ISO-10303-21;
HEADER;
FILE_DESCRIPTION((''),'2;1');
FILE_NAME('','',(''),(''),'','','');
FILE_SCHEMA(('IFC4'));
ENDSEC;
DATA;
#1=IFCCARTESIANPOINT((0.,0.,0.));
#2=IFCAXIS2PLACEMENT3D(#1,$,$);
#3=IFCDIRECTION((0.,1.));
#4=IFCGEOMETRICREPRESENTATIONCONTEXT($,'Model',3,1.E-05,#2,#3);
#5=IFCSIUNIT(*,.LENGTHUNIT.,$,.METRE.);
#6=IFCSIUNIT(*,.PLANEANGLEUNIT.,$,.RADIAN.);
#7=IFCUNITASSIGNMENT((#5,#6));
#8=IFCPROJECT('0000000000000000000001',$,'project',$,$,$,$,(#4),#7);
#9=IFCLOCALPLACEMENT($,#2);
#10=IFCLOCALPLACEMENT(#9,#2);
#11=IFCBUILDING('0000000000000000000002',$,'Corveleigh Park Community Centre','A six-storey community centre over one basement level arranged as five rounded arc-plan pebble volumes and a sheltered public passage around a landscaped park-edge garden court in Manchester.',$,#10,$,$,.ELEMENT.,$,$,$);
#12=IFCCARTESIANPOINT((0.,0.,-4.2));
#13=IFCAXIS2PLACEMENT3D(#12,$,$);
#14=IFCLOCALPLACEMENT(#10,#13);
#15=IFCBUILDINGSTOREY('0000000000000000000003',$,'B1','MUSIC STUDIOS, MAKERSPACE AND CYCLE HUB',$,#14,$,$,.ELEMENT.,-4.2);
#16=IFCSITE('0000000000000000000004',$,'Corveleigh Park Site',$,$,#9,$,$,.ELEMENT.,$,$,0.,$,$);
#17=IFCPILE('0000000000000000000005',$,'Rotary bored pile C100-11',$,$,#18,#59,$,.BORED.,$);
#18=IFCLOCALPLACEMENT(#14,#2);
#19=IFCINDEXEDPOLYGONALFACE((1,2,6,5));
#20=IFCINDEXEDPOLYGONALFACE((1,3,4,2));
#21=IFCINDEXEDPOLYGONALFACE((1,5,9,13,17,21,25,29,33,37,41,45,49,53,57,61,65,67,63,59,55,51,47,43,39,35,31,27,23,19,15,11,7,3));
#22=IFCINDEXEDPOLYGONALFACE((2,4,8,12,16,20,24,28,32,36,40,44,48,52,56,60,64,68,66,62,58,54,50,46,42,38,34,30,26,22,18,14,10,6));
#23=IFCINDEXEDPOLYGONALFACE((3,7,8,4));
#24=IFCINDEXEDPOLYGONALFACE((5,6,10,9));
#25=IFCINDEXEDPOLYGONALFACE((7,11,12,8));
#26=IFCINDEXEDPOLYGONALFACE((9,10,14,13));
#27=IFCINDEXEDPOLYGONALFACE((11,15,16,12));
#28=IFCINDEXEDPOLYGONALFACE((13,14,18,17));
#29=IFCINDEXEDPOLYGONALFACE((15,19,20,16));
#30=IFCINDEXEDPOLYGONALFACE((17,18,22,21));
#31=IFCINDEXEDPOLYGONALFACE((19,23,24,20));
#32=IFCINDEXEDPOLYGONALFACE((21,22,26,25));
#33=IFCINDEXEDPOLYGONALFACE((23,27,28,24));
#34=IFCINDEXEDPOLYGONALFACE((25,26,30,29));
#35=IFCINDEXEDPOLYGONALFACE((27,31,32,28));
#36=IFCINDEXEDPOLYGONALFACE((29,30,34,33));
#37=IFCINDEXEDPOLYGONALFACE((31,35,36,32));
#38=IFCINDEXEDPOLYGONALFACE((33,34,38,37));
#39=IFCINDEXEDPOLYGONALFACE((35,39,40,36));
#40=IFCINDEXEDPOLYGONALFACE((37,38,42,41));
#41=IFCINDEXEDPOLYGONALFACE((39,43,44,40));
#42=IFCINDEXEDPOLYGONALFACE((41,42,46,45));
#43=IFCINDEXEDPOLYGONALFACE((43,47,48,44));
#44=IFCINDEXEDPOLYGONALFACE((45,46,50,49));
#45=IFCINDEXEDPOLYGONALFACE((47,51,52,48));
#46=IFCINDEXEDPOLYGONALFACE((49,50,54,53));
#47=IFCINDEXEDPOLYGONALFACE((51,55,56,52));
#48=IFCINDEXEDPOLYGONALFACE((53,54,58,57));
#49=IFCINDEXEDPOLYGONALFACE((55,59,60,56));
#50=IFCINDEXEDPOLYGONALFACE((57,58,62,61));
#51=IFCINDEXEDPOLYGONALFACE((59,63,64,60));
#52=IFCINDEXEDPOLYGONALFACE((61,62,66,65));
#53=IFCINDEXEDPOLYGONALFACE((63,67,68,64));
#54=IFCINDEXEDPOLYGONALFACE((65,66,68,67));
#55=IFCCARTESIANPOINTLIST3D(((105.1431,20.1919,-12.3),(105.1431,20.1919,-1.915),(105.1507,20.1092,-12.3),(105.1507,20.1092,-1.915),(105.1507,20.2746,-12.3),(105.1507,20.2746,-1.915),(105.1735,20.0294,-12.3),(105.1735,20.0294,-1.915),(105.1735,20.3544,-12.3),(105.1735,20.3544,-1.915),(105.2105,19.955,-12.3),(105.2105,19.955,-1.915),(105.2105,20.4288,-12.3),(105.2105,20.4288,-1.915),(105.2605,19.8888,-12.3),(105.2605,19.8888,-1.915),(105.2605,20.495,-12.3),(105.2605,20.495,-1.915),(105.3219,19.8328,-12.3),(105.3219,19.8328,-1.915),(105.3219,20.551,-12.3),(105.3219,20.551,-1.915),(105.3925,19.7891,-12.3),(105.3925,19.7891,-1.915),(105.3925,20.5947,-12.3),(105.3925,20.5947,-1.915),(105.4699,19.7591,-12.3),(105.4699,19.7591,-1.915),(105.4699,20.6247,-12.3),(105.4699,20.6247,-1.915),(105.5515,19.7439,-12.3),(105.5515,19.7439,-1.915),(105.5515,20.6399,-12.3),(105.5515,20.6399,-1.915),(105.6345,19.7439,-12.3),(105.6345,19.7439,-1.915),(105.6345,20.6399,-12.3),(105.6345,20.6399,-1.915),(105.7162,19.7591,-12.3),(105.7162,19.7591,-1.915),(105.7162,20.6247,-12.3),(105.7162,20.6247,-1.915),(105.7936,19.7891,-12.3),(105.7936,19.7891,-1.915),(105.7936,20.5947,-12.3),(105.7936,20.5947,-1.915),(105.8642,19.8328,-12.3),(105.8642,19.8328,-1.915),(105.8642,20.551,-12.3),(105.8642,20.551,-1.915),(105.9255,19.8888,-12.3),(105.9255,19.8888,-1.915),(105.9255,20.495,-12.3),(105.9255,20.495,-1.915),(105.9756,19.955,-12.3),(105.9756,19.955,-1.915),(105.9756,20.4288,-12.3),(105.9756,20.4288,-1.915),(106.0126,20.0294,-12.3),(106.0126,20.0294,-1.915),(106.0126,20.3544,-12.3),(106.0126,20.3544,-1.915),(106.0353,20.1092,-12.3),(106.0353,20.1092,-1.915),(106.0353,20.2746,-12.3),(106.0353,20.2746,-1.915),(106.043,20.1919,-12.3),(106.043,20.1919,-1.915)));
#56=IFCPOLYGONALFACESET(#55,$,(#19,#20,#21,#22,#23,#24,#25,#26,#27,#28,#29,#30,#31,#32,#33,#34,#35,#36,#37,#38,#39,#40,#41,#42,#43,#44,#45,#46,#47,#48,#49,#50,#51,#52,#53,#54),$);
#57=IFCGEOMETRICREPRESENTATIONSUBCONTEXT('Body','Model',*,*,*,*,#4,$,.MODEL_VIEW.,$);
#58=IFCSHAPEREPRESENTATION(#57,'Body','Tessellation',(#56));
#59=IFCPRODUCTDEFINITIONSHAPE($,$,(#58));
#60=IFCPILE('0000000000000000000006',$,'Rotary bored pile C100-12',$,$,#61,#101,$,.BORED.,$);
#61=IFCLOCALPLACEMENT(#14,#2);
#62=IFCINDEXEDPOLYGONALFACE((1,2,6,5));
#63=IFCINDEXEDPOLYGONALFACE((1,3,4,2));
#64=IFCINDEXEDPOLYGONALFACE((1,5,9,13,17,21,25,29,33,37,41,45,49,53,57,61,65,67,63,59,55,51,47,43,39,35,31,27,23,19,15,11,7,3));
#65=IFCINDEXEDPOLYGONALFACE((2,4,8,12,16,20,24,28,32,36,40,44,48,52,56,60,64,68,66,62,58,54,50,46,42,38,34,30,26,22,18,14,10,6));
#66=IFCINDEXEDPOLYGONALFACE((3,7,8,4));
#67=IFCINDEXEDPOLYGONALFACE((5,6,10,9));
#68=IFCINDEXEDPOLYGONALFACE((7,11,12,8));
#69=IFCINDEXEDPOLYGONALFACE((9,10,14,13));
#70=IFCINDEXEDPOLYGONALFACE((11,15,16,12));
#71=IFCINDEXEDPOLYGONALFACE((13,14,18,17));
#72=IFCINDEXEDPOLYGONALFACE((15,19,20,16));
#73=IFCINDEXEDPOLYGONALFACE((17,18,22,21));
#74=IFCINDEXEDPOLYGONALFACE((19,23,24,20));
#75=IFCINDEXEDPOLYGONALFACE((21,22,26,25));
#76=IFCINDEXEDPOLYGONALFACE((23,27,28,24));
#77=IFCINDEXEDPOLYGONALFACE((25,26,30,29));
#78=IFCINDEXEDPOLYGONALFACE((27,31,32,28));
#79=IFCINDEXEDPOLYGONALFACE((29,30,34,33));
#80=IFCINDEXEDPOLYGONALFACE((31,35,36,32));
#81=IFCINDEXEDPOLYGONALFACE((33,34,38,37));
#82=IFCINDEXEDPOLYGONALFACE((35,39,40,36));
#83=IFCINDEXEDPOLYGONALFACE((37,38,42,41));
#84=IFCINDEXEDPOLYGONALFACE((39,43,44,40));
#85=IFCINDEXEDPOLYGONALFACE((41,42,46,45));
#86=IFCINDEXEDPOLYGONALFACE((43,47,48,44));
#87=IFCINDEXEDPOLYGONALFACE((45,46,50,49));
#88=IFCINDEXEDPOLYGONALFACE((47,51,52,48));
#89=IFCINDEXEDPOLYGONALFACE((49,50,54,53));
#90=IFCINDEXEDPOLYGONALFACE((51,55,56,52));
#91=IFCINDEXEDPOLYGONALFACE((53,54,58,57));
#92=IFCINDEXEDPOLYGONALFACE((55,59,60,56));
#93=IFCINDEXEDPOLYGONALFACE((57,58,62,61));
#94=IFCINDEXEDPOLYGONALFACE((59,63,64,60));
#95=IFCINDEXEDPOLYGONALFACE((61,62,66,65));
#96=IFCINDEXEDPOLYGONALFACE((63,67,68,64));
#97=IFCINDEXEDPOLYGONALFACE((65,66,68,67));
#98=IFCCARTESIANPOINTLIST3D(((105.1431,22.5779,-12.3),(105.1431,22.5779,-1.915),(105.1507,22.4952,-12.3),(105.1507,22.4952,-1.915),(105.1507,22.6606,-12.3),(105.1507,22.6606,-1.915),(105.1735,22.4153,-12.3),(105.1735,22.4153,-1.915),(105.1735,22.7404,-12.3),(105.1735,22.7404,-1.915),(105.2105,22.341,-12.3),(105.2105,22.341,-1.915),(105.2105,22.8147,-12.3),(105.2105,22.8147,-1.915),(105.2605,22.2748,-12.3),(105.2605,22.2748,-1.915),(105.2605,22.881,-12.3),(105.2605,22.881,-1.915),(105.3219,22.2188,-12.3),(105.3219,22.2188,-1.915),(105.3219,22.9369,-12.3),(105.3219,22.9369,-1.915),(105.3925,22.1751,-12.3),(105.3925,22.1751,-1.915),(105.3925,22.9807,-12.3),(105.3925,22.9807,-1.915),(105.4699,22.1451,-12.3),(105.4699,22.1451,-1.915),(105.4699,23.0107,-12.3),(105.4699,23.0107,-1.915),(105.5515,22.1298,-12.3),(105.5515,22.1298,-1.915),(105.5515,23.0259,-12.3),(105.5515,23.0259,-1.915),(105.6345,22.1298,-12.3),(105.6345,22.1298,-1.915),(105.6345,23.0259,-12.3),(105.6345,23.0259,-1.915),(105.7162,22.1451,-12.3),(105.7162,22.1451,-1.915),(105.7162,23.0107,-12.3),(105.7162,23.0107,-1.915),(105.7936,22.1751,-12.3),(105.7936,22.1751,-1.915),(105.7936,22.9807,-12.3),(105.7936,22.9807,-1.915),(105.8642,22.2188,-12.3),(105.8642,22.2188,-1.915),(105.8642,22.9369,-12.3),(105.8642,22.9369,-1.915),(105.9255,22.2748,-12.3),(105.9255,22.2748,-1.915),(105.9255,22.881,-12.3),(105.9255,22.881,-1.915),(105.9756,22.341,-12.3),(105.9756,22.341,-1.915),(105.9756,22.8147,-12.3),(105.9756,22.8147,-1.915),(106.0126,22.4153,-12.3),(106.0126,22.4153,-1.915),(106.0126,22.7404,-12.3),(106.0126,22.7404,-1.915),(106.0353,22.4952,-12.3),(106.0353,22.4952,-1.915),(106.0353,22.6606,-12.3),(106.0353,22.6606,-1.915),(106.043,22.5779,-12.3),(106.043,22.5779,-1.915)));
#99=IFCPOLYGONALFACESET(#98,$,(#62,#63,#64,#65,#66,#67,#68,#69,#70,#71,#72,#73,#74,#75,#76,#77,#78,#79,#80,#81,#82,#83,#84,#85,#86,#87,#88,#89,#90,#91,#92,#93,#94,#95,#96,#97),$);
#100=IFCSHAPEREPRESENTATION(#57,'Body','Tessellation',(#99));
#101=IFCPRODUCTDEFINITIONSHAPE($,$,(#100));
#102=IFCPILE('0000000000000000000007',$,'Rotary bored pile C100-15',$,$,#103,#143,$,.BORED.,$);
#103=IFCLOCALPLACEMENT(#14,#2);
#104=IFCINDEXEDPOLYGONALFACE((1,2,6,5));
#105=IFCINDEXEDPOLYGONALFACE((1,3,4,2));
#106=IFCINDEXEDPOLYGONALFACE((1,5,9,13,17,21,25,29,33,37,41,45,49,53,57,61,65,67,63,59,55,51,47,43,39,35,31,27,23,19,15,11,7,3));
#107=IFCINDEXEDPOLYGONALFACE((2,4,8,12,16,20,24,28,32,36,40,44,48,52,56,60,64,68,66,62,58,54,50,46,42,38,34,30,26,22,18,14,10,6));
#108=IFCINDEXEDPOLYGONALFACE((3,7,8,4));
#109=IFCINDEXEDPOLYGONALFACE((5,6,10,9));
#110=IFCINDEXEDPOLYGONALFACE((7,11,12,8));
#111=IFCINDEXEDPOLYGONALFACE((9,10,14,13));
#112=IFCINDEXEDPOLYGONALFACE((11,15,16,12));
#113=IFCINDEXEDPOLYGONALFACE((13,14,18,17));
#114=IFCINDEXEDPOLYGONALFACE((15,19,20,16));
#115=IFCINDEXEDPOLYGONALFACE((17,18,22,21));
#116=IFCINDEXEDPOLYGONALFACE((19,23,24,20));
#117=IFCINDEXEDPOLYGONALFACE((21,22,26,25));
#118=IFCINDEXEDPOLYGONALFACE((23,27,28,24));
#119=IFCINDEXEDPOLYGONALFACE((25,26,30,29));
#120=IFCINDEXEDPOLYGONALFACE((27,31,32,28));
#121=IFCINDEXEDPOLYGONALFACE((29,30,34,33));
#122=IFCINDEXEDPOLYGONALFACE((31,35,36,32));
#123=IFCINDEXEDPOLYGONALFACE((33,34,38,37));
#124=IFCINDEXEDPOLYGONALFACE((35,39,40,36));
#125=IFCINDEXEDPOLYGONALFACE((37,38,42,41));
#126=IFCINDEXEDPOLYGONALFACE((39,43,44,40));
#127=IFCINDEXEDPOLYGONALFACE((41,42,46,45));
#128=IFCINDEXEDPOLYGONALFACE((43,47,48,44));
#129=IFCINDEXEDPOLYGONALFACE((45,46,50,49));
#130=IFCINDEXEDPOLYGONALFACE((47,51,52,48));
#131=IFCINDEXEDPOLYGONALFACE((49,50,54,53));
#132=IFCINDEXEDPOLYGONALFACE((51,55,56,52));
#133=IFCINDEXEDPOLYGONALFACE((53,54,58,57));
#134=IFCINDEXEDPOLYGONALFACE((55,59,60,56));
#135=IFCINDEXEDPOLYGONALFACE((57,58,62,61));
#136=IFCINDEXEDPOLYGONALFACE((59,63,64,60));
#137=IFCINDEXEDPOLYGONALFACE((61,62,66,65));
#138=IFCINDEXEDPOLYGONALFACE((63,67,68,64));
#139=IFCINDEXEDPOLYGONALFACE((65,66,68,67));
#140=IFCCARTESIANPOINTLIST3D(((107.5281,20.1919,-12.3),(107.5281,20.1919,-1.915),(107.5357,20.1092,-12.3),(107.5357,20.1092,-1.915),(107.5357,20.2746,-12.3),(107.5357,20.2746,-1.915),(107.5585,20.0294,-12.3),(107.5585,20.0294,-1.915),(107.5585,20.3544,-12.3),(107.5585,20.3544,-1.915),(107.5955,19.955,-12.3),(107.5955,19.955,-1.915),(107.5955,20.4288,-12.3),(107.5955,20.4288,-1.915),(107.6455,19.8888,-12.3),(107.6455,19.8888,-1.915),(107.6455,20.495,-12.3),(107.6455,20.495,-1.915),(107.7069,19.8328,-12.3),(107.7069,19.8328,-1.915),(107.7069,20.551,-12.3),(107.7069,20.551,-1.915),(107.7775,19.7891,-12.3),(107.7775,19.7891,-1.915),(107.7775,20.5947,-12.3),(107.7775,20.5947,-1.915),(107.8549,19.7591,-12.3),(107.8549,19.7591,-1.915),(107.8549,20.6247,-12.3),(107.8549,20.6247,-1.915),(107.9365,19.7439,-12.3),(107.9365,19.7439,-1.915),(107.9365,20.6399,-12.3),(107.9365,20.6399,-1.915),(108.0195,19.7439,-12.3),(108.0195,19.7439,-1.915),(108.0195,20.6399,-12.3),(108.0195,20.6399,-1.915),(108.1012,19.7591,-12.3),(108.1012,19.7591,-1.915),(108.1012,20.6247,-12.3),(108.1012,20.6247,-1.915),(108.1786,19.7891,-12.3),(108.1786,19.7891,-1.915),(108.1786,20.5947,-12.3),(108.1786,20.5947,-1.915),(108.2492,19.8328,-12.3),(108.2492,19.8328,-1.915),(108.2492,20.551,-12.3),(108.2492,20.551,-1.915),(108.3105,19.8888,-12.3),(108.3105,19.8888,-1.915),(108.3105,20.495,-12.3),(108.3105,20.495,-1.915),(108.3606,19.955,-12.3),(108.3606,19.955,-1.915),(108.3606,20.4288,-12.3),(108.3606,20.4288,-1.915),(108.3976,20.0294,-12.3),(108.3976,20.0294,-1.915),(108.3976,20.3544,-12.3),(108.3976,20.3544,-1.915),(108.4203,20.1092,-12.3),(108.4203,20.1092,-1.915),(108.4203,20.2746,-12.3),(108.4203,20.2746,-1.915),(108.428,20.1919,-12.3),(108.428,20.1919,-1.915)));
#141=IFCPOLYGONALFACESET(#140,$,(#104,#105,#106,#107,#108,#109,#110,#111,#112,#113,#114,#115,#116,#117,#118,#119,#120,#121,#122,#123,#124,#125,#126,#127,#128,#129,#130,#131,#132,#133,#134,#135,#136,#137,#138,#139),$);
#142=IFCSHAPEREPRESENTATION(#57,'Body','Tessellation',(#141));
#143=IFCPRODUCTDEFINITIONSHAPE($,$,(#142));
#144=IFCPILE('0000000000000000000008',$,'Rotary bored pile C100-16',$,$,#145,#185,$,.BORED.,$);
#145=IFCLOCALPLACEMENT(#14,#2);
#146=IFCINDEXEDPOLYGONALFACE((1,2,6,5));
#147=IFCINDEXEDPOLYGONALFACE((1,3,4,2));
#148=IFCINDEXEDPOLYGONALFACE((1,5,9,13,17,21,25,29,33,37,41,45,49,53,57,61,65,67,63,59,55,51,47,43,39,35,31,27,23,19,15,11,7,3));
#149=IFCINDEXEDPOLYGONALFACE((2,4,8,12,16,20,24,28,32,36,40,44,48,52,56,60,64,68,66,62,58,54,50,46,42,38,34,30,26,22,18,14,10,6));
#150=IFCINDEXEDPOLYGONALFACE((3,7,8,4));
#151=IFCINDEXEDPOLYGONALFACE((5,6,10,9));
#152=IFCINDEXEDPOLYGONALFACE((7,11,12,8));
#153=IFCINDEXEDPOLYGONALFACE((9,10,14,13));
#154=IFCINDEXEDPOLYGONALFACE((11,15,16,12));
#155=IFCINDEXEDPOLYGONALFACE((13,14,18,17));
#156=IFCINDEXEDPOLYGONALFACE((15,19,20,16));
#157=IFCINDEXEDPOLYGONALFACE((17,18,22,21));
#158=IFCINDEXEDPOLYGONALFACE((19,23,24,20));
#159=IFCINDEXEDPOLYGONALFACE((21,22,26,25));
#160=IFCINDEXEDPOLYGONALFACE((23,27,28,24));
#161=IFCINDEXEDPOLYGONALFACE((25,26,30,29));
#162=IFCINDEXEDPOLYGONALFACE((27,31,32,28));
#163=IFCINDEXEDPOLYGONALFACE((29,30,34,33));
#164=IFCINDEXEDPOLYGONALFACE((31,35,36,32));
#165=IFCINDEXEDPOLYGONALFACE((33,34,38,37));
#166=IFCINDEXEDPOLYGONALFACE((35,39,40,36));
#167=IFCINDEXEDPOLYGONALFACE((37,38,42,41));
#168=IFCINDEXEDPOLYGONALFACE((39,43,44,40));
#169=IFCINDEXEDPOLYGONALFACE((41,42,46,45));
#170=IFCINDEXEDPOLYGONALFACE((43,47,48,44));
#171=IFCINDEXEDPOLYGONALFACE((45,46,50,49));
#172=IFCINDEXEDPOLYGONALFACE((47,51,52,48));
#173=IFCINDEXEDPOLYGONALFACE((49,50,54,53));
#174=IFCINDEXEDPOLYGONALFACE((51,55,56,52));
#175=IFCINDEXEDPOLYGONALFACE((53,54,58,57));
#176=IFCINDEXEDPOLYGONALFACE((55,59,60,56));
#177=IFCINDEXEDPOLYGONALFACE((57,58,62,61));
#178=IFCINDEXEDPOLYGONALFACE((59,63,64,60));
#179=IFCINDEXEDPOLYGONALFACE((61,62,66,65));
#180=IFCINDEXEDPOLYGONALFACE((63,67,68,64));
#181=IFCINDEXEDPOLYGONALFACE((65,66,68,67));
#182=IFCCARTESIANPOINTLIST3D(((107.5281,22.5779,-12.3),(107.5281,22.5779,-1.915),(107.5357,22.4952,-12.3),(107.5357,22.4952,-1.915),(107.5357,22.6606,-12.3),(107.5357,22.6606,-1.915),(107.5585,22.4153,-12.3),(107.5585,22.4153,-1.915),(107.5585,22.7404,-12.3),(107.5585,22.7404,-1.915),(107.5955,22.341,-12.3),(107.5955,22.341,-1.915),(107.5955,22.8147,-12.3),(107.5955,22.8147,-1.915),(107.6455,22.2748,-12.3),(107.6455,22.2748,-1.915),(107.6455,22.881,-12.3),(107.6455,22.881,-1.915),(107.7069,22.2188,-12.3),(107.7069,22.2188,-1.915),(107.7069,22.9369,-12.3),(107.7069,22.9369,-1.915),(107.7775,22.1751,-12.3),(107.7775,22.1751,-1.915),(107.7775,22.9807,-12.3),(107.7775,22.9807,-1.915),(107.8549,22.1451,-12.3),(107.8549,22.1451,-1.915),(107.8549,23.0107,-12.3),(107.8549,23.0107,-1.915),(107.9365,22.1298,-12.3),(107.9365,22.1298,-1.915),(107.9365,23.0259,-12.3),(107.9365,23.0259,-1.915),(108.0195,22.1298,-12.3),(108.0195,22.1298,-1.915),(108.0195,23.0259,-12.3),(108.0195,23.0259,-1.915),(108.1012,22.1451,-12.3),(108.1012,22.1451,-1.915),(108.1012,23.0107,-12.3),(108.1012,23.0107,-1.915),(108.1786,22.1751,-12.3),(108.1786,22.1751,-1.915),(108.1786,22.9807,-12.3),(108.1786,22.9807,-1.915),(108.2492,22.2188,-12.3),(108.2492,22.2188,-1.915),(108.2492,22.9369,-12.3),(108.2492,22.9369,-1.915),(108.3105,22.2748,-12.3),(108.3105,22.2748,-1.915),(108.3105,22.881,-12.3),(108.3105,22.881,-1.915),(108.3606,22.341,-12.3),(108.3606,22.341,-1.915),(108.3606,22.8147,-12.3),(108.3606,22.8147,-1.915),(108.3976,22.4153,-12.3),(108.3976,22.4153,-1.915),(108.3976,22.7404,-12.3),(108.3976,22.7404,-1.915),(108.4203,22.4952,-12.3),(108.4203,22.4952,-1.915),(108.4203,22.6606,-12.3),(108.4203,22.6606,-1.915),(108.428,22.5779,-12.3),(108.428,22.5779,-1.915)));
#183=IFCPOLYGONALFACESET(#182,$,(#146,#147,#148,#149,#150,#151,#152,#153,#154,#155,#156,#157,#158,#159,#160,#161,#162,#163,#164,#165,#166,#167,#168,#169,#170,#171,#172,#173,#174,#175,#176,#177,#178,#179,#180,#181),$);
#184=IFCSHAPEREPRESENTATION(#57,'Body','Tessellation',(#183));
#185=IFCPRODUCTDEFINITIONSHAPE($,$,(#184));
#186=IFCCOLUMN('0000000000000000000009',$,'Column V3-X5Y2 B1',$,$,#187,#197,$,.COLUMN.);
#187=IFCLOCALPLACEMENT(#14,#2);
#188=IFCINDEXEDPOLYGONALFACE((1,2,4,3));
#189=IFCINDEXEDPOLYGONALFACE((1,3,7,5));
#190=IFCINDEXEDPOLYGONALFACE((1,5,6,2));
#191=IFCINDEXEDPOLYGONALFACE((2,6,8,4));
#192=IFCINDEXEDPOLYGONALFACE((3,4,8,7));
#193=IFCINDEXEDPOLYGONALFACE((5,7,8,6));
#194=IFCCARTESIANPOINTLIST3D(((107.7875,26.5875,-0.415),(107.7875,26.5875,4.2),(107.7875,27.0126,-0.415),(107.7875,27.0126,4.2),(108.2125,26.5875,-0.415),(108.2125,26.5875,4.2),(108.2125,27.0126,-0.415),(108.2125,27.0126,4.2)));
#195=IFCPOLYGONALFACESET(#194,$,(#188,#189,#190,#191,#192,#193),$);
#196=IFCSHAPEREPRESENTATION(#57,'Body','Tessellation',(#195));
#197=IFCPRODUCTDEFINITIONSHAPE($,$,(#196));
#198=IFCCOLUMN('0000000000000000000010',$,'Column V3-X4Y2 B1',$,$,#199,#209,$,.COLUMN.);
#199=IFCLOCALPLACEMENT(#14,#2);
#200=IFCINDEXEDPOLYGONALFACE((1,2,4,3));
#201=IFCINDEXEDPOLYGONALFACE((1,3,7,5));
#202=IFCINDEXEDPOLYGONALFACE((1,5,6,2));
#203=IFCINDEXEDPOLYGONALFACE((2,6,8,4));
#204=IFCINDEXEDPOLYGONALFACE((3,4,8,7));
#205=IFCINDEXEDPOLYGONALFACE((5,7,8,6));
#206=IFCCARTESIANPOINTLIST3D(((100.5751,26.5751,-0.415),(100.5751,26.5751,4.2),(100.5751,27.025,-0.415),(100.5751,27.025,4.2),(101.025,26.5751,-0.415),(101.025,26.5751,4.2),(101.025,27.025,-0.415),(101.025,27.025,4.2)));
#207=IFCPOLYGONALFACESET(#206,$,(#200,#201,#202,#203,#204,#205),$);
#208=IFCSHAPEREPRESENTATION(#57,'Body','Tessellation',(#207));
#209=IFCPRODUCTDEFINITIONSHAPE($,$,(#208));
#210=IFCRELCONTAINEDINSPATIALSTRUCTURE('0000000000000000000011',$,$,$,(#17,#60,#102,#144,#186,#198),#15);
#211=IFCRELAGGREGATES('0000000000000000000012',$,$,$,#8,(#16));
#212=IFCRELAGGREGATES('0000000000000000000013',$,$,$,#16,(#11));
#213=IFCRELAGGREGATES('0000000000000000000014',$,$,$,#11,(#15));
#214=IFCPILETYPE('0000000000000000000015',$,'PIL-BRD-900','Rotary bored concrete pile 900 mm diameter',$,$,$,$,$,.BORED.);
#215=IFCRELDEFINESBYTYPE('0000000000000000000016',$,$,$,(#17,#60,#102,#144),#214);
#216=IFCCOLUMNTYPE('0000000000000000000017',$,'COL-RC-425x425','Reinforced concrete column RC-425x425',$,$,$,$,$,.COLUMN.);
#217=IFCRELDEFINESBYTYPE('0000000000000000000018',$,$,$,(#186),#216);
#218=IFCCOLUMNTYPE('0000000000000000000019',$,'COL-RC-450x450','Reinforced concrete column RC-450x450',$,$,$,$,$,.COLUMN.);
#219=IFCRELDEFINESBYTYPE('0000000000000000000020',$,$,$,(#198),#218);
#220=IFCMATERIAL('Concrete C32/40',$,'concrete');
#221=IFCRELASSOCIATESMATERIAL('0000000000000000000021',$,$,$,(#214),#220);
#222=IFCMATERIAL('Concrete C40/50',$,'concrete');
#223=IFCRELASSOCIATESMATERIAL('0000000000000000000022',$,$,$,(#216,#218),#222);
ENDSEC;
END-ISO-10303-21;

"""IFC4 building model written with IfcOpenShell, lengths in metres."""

from ifc_helpers import new_model, si_unit, direction, frame, origin, origin_2d, place, context, subcontext, project, spatial, rectangle, circle, extrude, material, material_profile, profile_set, type_object, element, save


model = new_model("IFC4")

# Units and contexts
model_context = context("Model", 3, precision=1e-05, world=origin(), true_north=direction((0.0, 1.0)))
body_context = subcontext(model_context, "Body", "Model", "MODEL_VIEW")
ifc_project = project(units=[si_unit("LENGTHUNIT", "METRE"), si_unit("PLANEANGLEUNIT", "RADIAN")], contexts=[model_context])

# Site, building, storey
site_placement = place(None, origin())
site = spatial("IfcSite", under=ifc_project, at=site_placement, Name="Corveleigh Park Site", CompositionType="ELEMENT", RefElevation=0.0)
building_placement = place(site_placement, origin())
building = spatial("IfcBuilding", under=site, at=building_placement, Name="Corveleigh Park Community Centre", Description="A six-storey community centre over one basement level arranged as five rounded arc-plan pebble volumes and a sheltered public passage around a landscaped park-edge garden court in Manchester.", CompositionType="ELEMENT")
storey_placement = place(building_placement, frame((0.0, 0.0, -4.2)))
storey = spatial("IfcBuildingStorey", under=building, at=storey_placement, Name="B1", Description="MUSIC STUDIOS, MAKERSPACE AND CYCLE HUB", CompositionType="ELEMENT", Elevation=-4.2)

# Shared definitions
ifc_material_1 = material(Name="Concrete C40/50", Category="concrete")

# Piles
ifc_material_2 = material(Name="Concrete C32/40", Category="concrete")
ifc_material_profile_1 = material_profile(ifc_material_2, circle(Radius=0.45, at=origin_2d()), Name="BORED-PILE-900", Category="concrete")
ifc_profile_set_1 = profile_set([ifc_material_profile_1], Name="Concrete C32/40")
pile_type = type_object("IfcPileType", Name="PIL-BRD-900", Description="Rotary bored concrete pile 900 mm diameter", PredefinedType="BORED", material=ifc_profile_set_1)
for number, where, z_axis, x_axis, name in (
    (1, (105.593, 20.1919, -1.915), (0.0, 0.0, -1.0), (1.0, 0.0, 0.0), "Rotary bored pile C100-11"),
    (2, (105.593, 22.5779, -1.915), (0.0, 0.0, -1.0), (1.0, 0.0, 0.0), "Rotary bored pile C100-12"),
    (3, (107.978, 20.1919, -1.915), (0.0, 0.0, -1.0), (1.0, 0.0, 0.0), "Rotary bored pile C100-15"),
    (4, (107.978, 22.5779, -1.915), (0.0, 0.0, -1.0), (1.0, 0.0, 0.0), "Rotary bored pile C100-16"),
):
    element("IfcPile", number, at=place(storey_placement, frame(where, z_axis=z_axis, x_axis=x_axis)), inside=storey, type_object=pile_type, Name=name, PredefinedType="BORED", context=body_context, shape_type="SweptSolid", body=[
        extrude(circle(Radius=0.45, at=origin_2d()), origin(), (0.0, 0.0, 1.0), 10.385),
    ])

# Columns
ifc_material_profile_2 = material_profile(ifc_material_1, rectangle(XDim=0.425, YDim=0.425, at=origin_2d()), Name="RC-425x425", Category="concrete")
ifc_profile_set_2 = profile_set([ifc_material_profile_2], Name="Concrete C40/50")
column_type_1 = type_object("IfcColumnType", Name="COL-RC-425x425", Description="Reinforced concrete column RC-425x425", PredefinedType="COLUMN", material=ifc_profile_set_2)
column_1_placement = place(storey_placement, frame((108.0, 26.8, -0.415), z_axis=(0.0, 0.0, 1.0), x_axis=(1.0, 0.0, 0.0)))
element("IfcColumn", 5, at=column_1_placement, inside=storey, type_object=column_type_1, Name="Column V3-X5Y2 B1", PredefinedType="COLUMN", context=body_context, shape_type="SweptSolid", body=[
    extrude(rectangle(XDim=0.425, YDim=0.425, at=origin_2d()), origin(), (0.0, 0.0, 1.0), 4.615),
])
ifc_material_profile_3 = material_profile(ifc_material_1, rectangle(XDim=0.45, YDim=0.45, at=origin_2d()), Name="RC-450x450", Category="concrete")
ifc_profile_set_3 = profile_set([ifc_material_profile_3], Name="Concrete C40/50")
column_type_2 = type_object("IfcColumnType", Name="COL-RC-450x450", Description="Reinforced concrete column RC-450x450", PredefinedType="COLUMN", material=ifc_profile_set_3)
column_2_placement = place(storey_placement, frame((100.8, 26.8, -0.415), z_axis=(0.0, 0.0, 1.0), x_axis=(1.0, 0.0, 0.0)))
element("IfcColumn", 6, at=column_2_placement, inside=storey, type_object=column_type_2, Name="Column V3-X4Y2 B1", PredefinedType="COLUMN", context=body_context, shape_type="SweptSolid", body=[
    extrude(rectangle(XDim=0.45, YDim=0.45, at=origin_2d()), origin(), (0.0, 0.0, 1.0), 4.615),
])

save(model, "model.ifc")
